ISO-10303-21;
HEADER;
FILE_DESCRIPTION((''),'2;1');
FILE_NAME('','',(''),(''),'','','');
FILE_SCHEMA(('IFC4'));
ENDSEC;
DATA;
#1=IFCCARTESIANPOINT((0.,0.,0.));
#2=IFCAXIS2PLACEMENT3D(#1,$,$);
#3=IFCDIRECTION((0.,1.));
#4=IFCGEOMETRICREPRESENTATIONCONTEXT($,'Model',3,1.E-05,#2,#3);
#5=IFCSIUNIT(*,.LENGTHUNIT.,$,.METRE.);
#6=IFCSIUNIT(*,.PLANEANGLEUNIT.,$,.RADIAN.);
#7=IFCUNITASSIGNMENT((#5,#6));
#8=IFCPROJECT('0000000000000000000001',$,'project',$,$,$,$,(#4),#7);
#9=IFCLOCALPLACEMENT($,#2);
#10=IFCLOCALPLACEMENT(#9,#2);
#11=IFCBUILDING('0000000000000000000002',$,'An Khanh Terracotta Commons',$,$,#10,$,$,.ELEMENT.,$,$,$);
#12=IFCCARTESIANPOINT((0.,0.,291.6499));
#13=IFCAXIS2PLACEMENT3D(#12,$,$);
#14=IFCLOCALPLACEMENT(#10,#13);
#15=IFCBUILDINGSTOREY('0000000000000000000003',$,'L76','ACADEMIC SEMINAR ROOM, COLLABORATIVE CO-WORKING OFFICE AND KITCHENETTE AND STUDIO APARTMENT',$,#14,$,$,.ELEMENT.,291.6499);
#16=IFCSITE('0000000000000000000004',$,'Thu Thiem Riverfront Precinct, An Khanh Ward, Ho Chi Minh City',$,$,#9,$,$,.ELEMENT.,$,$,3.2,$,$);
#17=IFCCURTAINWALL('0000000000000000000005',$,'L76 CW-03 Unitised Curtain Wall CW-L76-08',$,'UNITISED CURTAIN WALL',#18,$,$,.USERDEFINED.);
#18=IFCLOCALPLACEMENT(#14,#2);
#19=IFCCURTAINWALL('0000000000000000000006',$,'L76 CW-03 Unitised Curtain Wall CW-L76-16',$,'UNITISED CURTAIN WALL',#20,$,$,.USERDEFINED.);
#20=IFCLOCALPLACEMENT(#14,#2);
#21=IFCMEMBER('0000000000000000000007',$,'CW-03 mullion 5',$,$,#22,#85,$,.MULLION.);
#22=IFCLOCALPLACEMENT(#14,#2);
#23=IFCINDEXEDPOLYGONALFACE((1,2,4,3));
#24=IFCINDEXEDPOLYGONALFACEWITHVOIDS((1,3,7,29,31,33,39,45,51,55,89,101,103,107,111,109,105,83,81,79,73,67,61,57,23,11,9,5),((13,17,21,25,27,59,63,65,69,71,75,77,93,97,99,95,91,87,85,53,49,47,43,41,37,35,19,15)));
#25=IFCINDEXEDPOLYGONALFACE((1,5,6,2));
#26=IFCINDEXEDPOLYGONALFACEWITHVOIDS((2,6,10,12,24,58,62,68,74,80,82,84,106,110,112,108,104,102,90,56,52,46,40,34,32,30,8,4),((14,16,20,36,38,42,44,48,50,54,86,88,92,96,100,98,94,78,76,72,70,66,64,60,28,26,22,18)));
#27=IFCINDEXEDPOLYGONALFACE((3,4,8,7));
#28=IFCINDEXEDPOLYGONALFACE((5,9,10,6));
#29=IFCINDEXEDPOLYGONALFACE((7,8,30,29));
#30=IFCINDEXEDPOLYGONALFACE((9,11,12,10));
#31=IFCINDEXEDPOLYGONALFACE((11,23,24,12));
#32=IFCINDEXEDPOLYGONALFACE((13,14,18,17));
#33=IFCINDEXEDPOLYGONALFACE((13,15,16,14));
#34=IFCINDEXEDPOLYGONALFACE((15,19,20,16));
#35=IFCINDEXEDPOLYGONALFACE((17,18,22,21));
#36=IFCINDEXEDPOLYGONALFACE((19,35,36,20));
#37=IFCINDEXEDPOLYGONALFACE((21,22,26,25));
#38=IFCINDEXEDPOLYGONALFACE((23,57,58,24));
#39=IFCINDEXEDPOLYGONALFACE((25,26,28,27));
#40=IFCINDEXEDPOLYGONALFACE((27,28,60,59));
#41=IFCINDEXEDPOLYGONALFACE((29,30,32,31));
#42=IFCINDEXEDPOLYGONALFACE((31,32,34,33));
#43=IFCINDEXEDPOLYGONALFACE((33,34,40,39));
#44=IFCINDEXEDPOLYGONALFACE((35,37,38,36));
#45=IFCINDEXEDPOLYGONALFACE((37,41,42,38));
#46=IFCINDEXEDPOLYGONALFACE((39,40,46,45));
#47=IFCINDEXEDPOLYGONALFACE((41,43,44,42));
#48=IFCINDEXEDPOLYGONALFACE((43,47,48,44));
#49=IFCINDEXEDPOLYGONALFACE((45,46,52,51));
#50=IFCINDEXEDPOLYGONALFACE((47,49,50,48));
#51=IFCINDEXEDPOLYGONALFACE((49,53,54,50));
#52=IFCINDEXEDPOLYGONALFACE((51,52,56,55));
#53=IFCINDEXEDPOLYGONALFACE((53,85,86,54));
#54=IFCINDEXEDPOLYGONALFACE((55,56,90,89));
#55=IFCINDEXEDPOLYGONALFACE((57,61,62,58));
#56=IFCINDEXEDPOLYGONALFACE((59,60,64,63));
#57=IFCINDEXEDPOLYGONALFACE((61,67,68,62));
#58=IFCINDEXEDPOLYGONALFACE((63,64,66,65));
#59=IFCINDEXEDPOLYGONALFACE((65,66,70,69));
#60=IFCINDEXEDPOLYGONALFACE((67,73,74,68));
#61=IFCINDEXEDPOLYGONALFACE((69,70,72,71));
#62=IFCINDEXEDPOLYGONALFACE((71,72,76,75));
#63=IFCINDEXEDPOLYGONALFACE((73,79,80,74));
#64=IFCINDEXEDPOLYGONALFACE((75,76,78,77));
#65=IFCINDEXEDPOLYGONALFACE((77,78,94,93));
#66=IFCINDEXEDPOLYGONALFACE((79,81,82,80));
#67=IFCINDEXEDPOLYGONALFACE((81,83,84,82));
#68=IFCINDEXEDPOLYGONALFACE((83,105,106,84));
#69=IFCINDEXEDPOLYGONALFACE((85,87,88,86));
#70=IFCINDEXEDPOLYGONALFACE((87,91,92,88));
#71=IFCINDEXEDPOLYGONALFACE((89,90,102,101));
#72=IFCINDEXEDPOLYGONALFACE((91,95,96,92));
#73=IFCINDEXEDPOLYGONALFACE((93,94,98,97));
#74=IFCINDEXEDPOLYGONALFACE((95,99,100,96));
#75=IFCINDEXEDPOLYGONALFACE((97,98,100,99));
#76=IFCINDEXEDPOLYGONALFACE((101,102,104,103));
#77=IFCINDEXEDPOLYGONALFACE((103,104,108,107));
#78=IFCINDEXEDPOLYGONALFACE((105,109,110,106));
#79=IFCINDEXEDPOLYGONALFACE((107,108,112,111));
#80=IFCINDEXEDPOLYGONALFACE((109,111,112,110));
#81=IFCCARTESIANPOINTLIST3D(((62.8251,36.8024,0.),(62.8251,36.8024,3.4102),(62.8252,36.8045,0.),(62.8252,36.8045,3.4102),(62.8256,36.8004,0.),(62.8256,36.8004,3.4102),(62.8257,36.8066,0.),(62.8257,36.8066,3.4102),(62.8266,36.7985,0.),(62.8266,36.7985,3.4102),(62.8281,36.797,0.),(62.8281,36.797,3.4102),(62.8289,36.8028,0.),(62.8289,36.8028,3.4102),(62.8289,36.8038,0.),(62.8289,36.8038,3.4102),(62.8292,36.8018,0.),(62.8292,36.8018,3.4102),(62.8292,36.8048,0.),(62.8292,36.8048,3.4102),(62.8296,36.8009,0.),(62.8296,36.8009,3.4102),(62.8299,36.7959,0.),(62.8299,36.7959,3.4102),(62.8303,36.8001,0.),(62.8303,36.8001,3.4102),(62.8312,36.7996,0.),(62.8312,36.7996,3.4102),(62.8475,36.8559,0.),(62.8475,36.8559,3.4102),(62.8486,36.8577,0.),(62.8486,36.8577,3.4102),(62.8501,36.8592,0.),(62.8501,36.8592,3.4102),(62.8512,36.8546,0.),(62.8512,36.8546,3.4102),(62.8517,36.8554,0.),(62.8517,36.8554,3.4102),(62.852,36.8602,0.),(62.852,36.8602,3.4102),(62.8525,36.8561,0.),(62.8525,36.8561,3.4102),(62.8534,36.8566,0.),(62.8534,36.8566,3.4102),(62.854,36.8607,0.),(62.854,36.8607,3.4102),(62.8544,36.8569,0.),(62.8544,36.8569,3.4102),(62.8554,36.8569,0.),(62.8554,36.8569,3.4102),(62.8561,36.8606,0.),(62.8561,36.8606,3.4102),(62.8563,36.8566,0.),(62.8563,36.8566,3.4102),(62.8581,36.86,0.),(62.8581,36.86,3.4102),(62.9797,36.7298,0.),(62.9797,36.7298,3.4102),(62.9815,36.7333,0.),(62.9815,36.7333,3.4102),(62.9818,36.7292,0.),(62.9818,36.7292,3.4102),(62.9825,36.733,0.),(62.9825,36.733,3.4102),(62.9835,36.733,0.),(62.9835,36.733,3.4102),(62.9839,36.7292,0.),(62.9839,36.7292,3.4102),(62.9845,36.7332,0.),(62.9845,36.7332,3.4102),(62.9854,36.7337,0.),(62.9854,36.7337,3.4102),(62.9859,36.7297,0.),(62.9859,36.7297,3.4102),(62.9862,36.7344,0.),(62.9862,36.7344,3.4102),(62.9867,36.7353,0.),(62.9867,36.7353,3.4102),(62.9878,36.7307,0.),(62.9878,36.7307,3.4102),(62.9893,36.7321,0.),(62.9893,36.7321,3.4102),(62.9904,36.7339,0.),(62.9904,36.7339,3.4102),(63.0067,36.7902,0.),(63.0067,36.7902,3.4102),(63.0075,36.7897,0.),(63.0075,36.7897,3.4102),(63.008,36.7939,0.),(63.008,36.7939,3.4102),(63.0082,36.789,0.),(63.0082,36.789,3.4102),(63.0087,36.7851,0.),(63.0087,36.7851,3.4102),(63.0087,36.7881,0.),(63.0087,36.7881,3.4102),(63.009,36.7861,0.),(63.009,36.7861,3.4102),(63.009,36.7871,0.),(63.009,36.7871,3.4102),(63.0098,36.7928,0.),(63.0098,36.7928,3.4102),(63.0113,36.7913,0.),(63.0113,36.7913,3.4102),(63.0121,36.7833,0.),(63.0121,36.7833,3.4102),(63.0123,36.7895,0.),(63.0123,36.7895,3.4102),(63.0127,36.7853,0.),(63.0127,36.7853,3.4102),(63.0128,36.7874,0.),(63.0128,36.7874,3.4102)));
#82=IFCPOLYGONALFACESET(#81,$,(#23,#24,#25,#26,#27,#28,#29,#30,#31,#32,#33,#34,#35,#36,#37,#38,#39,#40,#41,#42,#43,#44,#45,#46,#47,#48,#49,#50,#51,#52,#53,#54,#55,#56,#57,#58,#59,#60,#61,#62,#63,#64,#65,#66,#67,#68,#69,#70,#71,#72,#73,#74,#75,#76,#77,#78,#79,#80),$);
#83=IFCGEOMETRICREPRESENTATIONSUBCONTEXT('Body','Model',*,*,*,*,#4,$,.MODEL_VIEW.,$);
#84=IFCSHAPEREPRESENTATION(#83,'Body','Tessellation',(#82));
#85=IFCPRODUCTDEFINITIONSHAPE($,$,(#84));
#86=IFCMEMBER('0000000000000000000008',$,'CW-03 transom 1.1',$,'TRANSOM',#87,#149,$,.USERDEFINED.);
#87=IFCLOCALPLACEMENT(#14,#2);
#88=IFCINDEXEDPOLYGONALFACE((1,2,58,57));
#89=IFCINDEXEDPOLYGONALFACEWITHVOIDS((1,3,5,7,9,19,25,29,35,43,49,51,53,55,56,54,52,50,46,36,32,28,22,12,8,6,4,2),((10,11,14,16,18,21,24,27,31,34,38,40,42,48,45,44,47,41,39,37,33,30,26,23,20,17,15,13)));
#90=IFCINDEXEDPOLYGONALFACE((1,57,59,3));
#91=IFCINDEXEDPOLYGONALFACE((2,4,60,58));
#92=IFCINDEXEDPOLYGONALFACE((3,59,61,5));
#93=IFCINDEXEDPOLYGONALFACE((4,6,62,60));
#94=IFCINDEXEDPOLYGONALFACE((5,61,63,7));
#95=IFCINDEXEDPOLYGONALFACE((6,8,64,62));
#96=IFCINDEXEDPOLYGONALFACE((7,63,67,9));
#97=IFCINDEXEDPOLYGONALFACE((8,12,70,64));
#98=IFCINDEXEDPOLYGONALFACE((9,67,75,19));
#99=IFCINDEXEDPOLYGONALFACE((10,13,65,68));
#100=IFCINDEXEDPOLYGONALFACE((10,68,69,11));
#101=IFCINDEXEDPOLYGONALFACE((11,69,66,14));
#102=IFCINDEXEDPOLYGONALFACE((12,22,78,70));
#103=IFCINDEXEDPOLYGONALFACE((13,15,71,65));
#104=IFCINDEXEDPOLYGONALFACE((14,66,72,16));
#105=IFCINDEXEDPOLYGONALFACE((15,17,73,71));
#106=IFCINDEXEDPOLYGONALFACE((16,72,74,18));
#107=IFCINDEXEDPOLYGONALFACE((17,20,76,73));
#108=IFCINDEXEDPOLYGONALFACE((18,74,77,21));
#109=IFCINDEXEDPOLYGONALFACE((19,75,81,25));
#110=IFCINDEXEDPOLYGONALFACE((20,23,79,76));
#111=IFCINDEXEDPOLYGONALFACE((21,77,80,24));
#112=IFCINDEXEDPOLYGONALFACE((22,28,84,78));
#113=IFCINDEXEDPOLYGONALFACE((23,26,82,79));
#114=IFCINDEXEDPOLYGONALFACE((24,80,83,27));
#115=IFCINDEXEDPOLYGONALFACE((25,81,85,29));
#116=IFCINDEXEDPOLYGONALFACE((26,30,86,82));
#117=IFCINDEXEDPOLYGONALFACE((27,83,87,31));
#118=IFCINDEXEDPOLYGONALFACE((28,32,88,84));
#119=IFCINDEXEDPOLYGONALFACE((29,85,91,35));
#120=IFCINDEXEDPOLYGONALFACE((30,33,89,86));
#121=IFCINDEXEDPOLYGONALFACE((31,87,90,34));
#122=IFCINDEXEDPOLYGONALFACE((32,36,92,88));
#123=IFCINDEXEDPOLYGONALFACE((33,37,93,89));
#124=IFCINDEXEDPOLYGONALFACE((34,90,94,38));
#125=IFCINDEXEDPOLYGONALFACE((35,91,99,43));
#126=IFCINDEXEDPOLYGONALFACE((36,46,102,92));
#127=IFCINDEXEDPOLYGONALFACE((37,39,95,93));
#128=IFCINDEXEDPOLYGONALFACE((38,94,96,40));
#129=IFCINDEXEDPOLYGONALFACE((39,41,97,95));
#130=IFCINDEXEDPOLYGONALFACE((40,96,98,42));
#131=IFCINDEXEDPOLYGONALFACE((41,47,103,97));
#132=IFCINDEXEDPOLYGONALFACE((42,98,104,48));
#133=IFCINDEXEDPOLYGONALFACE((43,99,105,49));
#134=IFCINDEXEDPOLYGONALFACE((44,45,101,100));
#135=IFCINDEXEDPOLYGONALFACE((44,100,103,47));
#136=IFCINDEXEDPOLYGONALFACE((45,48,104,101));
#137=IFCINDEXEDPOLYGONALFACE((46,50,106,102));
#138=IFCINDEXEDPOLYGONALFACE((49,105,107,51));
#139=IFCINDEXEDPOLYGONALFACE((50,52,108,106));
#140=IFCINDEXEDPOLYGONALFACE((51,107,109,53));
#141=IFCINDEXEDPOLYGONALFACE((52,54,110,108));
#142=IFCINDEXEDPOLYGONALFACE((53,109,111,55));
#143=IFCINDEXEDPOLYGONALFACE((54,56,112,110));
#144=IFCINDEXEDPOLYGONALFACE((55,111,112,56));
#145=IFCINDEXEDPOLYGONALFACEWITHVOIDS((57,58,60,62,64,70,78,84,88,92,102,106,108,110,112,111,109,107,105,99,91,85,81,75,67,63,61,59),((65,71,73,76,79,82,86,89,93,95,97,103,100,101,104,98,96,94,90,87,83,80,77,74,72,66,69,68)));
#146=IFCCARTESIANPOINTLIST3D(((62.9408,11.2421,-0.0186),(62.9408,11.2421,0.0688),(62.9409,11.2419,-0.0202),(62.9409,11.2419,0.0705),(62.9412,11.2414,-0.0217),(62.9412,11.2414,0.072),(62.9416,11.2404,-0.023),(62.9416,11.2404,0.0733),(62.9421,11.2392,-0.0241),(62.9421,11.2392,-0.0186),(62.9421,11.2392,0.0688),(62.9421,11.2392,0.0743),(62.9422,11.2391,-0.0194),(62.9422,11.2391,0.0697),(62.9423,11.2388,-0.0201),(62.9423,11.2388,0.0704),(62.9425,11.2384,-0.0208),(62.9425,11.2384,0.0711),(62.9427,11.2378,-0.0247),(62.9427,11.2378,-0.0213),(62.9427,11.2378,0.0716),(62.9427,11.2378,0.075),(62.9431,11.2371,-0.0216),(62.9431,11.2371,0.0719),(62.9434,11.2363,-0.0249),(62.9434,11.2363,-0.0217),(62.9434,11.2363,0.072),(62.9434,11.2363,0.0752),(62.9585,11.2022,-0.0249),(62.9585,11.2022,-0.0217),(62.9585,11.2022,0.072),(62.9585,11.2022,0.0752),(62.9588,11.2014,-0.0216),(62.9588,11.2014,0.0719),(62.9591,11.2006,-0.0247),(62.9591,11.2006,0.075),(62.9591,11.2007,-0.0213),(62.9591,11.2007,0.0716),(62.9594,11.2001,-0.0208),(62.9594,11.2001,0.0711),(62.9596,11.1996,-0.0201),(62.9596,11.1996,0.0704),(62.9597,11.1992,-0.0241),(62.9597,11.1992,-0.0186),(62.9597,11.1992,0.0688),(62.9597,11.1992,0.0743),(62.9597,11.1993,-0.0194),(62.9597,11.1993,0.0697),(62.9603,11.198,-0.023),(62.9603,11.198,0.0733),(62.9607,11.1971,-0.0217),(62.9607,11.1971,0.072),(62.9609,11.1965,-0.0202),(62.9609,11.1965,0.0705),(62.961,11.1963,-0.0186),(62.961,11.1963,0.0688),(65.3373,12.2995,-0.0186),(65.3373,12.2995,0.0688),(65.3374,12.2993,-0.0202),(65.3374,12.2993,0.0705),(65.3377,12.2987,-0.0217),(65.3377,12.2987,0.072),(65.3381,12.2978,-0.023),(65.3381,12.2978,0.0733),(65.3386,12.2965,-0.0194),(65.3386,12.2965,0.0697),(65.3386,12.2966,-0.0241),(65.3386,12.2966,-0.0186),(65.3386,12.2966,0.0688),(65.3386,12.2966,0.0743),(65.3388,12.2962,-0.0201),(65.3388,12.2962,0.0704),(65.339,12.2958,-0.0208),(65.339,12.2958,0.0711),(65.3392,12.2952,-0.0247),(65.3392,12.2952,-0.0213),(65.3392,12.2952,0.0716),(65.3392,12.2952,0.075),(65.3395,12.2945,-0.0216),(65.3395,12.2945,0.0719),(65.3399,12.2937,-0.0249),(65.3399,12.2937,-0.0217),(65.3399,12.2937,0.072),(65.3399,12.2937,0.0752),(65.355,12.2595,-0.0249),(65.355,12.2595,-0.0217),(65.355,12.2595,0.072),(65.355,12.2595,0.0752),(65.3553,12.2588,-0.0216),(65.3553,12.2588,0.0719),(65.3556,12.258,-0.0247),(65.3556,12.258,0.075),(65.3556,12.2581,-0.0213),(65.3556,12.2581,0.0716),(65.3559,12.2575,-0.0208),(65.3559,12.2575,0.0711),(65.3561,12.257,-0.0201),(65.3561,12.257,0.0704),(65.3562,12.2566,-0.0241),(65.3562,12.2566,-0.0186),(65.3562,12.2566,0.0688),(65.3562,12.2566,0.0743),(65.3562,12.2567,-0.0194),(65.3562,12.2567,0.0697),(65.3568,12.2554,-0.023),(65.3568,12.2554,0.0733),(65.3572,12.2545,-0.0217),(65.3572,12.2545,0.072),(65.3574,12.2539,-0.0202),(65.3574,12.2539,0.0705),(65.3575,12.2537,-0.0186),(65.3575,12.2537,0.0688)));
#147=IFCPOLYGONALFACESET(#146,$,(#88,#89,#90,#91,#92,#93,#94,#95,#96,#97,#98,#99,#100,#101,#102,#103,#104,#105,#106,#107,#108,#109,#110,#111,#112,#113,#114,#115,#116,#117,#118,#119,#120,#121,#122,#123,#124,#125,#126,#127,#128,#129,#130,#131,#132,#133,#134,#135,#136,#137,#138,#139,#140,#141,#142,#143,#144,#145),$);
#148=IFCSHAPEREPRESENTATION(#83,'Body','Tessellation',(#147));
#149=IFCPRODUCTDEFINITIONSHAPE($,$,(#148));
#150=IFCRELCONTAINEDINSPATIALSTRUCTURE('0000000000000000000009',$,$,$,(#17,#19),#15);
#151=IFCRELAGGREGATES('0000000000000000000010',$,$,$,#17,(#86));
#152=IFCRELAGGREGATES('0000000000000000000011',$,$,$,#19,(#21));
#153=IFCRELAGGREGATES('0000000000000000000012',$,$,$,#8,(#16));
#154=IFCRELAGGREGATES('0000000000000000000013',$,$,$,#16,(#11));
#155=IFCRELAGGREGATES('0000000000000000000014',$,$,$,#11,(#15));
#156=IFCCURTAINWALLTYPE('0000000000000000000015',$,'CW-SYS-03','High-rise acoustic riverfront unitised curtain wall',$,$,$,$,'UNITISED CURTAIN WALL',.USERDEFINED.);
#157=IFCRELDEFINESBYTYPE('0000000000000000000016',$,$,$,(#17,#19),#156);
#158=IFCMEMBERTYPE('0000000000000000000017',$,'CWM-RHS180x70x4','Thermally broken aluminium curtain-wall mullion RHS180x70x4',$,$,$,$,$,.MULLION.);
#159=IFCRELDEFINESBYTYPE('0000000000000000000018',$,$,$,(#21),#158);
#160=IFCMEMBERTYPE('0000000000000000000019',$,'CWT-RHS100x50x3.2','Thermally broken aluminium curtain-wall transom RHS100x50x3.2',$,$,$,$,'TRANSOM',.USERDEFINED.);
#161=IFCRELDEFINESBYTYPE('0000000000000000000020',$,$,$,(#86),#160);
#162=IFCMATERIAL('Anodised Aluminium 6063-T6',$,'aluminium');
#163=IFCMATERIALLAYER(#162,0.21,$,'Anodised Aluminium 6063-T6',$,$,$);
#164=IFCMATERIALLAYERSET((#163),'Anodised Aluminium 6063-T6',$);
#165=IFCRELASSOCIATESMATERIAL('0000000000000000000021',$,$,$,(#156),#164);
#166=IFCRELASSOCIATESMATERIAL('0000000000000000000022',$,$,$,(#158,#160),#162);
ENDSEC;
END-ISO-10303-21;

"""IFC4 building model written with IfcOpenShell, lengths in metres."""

from ifc_helpers import new_model, si_unit, direction, frame, origin, origin_2d, place, context, subcontext, project, spatial, hollow_rectangle, extrude, material, layer, layer_set, material_profile, profile_set, type_object, element, aggregate, save


model = new_model("IFC4")

# Units and contexts
model_context = context("Model", 3, precision=1e-05, world=origin(), true_north=direction((0.0, 1.0)))
body_context = subcontext(model_context, "Body", "Model", "MODEL_VIEW")
ifc_project = project(units=[si_unit("LENGTHUNIT", "METRE"), si_unit("PLANEANGLEUNIT", "RADIAN")], contexts=[model_context])

# Site, building, storey
site_placement = place(None, origin())
site = spatial("IfcSite", under=ifc_project, at=site_placement, Name="Thu Thiem Riverfront Precinct, An Khanh Ward, Ho Chi Minh City", CompositionType="ELEMENT", RefElevation=3.2)
building_placement = place(site_placement, origin())
building = spatial("IfcBuilding", under=site, at=building_placement, Name="An Khanh Terracotta Commons", CompositionType="ELEMENT")
storey_placement = place(building_placement, frame((0.0, 0.0, 291.6499)))
storey = spatial("IfcBuildingStorey", under=building, at=storey_placement, Name="L76", Description="ACADEMIC SEMINAR ROOM, COLLABORATIVE CO-WORKING OFFICE AND KITCHENETTE AND STUDIO APARTMENT", CompositionType="ELEMENT", Elevation=291.6499)

# Curtain walls, member
ifc_material_1 = material(Name="Anodised Aluminium 6063-T6", Category="aluminium")
ifc_layer_1 = layer(ifc_material_1, 0.21, Name="Anodised Aluminium 6063-T6")
ifc_layer_set_1 = layer_set([ifc_layer_1], Name="Anodised Aluminium 6063-T6")
curtain_wall_type = type_object("IfcCurtainWallType", Name="CW-SYS-03", Description="High-rise acoustic riverfront unitised curtain wall", ElementType="UNITISED CURTAIN WALL", PredefinedType="USERDEFINED", material=ifc_layer_set_1)
curtain_wall_1_placement = place(storey_placement, origin())
curtain_wall_1 = element("IfcCurtainWall", 1, at=curtain_wall_1_placement, inside=storey, type_object=curtain_wall_type, Name="L76 CW-03 Unitised Curtain Wall CW-L76-08", ObjectType="UNITISED CURTAIN WALL", PredefinedType="USERDEFINED")
ifc_material_profile_1 = material_profile(ifc_material_1, hollow_rectangle(XDim=0.0701, YDim=0.1799, WallThickness=0.0039, InnerFilletRadius=0.0039, OuterFilletRadius=0.0081, at=origin_2d()), Name="RHS180x70x4")
ifc_profile_set_1 = profile_set([ifc_material_profile_1], Name="Anodised Aluminium 6063-T6")
member_type_1 = type_object("IfcMemberType", Name="CWM-RHS180x70x4", Description="Thermally broken aluminium curtain-wall mullion RHS180x70x4", PredefinedType="MULLION", material=ifc_profile_set_1)
curtain_wall_2_placement = place(storey_placement, origin())
curtain_wall_2 = element("IfcCurtainWall", 2, at=curtain_wall_2_placement, inside=storey, type_object=curtain_wall_type, Name="L76 CW-03 Unitised Curtain Wall CW-L76-16", ObjectType="UNITISED CURTAIN WALL", PredefinedType="USERDEFINED")
member_1_placement = place(storey_placement, frame((62.9189, 36.7949, 0.0), z_axis=(0.0, 0.0, 1.0), x_axis=(-0.403676, -0.914902, 0.0)))
member_1 = element("IfcMember", 3, at=member_1_placement, type_object=member_type_1, Name="CW-03 mullion 5", PredefinedType="MULLION", context=body_context, shape_type="SweptSolid", body=[
    extrude(hollow_rectangle(XDim=0.0701, YDim=0.1799, WallThickness=0.0039, InnerFilletRadius=0.0039, OuterFilletRadius=0.0081, at=origin_2d()), origin(), (0.0, 0.0, 1.0), 3.4102),
])

# Member
ifc_material_profile_2 = material_profile(ifc_material_1, hollow_rectangle(XDim=0.05, YDim=0.1001, WallThickness=0.0032, InnerFilletRadius=0.0032, OuterFilletRadius=0.0063, at=origin_2d()), Name="RHS100x50x3.2")
ifc_profile_set_2 = profile_set([ifc_material_profile_2], Name="Anodised Aluminium 6063-T6")
member_type_2 = type_object("IfcMemberType", Name="CWT-RHS100x50x3.2", Description="Thermally broken aluminium curtain-wall transom RHS100x50x3.2", ElementType="TRANSOM", PredefinedType="USERDEFINED", material=ifc_profile_set_2)
member_2_placement = place(storey_placement, frame((62.9509, 11.2192, 0.0251), z_axis=(0.914904, 0.403672, 0.0), x_axis=(-0.403672, 0.914904, 0.0)))
member_2 = element("IfcMember", 4, at=member_2_placement, type_object=member_type_2, Name="CW-03 transom 1.1", ObjectType="TRANSOM", PredefinedType="USERDEFINED", context=body_context, shape_type="SweptSolid", body=[
    extrude(hollow_rectangle(XDim=0.05, YDim=0.1001, WallThickness=0.0032, InnerFilletRadius=0.0032, OuterFilletRadius=0.0063, at=origin_2d()), origin(), (0.0, 0.0, 1.0), 2.6194),
])

aggregate(curtain_wall_1, [member_2])
aggregate(curtain_wall_2, [member_1])

save(model, "model.ifc")
